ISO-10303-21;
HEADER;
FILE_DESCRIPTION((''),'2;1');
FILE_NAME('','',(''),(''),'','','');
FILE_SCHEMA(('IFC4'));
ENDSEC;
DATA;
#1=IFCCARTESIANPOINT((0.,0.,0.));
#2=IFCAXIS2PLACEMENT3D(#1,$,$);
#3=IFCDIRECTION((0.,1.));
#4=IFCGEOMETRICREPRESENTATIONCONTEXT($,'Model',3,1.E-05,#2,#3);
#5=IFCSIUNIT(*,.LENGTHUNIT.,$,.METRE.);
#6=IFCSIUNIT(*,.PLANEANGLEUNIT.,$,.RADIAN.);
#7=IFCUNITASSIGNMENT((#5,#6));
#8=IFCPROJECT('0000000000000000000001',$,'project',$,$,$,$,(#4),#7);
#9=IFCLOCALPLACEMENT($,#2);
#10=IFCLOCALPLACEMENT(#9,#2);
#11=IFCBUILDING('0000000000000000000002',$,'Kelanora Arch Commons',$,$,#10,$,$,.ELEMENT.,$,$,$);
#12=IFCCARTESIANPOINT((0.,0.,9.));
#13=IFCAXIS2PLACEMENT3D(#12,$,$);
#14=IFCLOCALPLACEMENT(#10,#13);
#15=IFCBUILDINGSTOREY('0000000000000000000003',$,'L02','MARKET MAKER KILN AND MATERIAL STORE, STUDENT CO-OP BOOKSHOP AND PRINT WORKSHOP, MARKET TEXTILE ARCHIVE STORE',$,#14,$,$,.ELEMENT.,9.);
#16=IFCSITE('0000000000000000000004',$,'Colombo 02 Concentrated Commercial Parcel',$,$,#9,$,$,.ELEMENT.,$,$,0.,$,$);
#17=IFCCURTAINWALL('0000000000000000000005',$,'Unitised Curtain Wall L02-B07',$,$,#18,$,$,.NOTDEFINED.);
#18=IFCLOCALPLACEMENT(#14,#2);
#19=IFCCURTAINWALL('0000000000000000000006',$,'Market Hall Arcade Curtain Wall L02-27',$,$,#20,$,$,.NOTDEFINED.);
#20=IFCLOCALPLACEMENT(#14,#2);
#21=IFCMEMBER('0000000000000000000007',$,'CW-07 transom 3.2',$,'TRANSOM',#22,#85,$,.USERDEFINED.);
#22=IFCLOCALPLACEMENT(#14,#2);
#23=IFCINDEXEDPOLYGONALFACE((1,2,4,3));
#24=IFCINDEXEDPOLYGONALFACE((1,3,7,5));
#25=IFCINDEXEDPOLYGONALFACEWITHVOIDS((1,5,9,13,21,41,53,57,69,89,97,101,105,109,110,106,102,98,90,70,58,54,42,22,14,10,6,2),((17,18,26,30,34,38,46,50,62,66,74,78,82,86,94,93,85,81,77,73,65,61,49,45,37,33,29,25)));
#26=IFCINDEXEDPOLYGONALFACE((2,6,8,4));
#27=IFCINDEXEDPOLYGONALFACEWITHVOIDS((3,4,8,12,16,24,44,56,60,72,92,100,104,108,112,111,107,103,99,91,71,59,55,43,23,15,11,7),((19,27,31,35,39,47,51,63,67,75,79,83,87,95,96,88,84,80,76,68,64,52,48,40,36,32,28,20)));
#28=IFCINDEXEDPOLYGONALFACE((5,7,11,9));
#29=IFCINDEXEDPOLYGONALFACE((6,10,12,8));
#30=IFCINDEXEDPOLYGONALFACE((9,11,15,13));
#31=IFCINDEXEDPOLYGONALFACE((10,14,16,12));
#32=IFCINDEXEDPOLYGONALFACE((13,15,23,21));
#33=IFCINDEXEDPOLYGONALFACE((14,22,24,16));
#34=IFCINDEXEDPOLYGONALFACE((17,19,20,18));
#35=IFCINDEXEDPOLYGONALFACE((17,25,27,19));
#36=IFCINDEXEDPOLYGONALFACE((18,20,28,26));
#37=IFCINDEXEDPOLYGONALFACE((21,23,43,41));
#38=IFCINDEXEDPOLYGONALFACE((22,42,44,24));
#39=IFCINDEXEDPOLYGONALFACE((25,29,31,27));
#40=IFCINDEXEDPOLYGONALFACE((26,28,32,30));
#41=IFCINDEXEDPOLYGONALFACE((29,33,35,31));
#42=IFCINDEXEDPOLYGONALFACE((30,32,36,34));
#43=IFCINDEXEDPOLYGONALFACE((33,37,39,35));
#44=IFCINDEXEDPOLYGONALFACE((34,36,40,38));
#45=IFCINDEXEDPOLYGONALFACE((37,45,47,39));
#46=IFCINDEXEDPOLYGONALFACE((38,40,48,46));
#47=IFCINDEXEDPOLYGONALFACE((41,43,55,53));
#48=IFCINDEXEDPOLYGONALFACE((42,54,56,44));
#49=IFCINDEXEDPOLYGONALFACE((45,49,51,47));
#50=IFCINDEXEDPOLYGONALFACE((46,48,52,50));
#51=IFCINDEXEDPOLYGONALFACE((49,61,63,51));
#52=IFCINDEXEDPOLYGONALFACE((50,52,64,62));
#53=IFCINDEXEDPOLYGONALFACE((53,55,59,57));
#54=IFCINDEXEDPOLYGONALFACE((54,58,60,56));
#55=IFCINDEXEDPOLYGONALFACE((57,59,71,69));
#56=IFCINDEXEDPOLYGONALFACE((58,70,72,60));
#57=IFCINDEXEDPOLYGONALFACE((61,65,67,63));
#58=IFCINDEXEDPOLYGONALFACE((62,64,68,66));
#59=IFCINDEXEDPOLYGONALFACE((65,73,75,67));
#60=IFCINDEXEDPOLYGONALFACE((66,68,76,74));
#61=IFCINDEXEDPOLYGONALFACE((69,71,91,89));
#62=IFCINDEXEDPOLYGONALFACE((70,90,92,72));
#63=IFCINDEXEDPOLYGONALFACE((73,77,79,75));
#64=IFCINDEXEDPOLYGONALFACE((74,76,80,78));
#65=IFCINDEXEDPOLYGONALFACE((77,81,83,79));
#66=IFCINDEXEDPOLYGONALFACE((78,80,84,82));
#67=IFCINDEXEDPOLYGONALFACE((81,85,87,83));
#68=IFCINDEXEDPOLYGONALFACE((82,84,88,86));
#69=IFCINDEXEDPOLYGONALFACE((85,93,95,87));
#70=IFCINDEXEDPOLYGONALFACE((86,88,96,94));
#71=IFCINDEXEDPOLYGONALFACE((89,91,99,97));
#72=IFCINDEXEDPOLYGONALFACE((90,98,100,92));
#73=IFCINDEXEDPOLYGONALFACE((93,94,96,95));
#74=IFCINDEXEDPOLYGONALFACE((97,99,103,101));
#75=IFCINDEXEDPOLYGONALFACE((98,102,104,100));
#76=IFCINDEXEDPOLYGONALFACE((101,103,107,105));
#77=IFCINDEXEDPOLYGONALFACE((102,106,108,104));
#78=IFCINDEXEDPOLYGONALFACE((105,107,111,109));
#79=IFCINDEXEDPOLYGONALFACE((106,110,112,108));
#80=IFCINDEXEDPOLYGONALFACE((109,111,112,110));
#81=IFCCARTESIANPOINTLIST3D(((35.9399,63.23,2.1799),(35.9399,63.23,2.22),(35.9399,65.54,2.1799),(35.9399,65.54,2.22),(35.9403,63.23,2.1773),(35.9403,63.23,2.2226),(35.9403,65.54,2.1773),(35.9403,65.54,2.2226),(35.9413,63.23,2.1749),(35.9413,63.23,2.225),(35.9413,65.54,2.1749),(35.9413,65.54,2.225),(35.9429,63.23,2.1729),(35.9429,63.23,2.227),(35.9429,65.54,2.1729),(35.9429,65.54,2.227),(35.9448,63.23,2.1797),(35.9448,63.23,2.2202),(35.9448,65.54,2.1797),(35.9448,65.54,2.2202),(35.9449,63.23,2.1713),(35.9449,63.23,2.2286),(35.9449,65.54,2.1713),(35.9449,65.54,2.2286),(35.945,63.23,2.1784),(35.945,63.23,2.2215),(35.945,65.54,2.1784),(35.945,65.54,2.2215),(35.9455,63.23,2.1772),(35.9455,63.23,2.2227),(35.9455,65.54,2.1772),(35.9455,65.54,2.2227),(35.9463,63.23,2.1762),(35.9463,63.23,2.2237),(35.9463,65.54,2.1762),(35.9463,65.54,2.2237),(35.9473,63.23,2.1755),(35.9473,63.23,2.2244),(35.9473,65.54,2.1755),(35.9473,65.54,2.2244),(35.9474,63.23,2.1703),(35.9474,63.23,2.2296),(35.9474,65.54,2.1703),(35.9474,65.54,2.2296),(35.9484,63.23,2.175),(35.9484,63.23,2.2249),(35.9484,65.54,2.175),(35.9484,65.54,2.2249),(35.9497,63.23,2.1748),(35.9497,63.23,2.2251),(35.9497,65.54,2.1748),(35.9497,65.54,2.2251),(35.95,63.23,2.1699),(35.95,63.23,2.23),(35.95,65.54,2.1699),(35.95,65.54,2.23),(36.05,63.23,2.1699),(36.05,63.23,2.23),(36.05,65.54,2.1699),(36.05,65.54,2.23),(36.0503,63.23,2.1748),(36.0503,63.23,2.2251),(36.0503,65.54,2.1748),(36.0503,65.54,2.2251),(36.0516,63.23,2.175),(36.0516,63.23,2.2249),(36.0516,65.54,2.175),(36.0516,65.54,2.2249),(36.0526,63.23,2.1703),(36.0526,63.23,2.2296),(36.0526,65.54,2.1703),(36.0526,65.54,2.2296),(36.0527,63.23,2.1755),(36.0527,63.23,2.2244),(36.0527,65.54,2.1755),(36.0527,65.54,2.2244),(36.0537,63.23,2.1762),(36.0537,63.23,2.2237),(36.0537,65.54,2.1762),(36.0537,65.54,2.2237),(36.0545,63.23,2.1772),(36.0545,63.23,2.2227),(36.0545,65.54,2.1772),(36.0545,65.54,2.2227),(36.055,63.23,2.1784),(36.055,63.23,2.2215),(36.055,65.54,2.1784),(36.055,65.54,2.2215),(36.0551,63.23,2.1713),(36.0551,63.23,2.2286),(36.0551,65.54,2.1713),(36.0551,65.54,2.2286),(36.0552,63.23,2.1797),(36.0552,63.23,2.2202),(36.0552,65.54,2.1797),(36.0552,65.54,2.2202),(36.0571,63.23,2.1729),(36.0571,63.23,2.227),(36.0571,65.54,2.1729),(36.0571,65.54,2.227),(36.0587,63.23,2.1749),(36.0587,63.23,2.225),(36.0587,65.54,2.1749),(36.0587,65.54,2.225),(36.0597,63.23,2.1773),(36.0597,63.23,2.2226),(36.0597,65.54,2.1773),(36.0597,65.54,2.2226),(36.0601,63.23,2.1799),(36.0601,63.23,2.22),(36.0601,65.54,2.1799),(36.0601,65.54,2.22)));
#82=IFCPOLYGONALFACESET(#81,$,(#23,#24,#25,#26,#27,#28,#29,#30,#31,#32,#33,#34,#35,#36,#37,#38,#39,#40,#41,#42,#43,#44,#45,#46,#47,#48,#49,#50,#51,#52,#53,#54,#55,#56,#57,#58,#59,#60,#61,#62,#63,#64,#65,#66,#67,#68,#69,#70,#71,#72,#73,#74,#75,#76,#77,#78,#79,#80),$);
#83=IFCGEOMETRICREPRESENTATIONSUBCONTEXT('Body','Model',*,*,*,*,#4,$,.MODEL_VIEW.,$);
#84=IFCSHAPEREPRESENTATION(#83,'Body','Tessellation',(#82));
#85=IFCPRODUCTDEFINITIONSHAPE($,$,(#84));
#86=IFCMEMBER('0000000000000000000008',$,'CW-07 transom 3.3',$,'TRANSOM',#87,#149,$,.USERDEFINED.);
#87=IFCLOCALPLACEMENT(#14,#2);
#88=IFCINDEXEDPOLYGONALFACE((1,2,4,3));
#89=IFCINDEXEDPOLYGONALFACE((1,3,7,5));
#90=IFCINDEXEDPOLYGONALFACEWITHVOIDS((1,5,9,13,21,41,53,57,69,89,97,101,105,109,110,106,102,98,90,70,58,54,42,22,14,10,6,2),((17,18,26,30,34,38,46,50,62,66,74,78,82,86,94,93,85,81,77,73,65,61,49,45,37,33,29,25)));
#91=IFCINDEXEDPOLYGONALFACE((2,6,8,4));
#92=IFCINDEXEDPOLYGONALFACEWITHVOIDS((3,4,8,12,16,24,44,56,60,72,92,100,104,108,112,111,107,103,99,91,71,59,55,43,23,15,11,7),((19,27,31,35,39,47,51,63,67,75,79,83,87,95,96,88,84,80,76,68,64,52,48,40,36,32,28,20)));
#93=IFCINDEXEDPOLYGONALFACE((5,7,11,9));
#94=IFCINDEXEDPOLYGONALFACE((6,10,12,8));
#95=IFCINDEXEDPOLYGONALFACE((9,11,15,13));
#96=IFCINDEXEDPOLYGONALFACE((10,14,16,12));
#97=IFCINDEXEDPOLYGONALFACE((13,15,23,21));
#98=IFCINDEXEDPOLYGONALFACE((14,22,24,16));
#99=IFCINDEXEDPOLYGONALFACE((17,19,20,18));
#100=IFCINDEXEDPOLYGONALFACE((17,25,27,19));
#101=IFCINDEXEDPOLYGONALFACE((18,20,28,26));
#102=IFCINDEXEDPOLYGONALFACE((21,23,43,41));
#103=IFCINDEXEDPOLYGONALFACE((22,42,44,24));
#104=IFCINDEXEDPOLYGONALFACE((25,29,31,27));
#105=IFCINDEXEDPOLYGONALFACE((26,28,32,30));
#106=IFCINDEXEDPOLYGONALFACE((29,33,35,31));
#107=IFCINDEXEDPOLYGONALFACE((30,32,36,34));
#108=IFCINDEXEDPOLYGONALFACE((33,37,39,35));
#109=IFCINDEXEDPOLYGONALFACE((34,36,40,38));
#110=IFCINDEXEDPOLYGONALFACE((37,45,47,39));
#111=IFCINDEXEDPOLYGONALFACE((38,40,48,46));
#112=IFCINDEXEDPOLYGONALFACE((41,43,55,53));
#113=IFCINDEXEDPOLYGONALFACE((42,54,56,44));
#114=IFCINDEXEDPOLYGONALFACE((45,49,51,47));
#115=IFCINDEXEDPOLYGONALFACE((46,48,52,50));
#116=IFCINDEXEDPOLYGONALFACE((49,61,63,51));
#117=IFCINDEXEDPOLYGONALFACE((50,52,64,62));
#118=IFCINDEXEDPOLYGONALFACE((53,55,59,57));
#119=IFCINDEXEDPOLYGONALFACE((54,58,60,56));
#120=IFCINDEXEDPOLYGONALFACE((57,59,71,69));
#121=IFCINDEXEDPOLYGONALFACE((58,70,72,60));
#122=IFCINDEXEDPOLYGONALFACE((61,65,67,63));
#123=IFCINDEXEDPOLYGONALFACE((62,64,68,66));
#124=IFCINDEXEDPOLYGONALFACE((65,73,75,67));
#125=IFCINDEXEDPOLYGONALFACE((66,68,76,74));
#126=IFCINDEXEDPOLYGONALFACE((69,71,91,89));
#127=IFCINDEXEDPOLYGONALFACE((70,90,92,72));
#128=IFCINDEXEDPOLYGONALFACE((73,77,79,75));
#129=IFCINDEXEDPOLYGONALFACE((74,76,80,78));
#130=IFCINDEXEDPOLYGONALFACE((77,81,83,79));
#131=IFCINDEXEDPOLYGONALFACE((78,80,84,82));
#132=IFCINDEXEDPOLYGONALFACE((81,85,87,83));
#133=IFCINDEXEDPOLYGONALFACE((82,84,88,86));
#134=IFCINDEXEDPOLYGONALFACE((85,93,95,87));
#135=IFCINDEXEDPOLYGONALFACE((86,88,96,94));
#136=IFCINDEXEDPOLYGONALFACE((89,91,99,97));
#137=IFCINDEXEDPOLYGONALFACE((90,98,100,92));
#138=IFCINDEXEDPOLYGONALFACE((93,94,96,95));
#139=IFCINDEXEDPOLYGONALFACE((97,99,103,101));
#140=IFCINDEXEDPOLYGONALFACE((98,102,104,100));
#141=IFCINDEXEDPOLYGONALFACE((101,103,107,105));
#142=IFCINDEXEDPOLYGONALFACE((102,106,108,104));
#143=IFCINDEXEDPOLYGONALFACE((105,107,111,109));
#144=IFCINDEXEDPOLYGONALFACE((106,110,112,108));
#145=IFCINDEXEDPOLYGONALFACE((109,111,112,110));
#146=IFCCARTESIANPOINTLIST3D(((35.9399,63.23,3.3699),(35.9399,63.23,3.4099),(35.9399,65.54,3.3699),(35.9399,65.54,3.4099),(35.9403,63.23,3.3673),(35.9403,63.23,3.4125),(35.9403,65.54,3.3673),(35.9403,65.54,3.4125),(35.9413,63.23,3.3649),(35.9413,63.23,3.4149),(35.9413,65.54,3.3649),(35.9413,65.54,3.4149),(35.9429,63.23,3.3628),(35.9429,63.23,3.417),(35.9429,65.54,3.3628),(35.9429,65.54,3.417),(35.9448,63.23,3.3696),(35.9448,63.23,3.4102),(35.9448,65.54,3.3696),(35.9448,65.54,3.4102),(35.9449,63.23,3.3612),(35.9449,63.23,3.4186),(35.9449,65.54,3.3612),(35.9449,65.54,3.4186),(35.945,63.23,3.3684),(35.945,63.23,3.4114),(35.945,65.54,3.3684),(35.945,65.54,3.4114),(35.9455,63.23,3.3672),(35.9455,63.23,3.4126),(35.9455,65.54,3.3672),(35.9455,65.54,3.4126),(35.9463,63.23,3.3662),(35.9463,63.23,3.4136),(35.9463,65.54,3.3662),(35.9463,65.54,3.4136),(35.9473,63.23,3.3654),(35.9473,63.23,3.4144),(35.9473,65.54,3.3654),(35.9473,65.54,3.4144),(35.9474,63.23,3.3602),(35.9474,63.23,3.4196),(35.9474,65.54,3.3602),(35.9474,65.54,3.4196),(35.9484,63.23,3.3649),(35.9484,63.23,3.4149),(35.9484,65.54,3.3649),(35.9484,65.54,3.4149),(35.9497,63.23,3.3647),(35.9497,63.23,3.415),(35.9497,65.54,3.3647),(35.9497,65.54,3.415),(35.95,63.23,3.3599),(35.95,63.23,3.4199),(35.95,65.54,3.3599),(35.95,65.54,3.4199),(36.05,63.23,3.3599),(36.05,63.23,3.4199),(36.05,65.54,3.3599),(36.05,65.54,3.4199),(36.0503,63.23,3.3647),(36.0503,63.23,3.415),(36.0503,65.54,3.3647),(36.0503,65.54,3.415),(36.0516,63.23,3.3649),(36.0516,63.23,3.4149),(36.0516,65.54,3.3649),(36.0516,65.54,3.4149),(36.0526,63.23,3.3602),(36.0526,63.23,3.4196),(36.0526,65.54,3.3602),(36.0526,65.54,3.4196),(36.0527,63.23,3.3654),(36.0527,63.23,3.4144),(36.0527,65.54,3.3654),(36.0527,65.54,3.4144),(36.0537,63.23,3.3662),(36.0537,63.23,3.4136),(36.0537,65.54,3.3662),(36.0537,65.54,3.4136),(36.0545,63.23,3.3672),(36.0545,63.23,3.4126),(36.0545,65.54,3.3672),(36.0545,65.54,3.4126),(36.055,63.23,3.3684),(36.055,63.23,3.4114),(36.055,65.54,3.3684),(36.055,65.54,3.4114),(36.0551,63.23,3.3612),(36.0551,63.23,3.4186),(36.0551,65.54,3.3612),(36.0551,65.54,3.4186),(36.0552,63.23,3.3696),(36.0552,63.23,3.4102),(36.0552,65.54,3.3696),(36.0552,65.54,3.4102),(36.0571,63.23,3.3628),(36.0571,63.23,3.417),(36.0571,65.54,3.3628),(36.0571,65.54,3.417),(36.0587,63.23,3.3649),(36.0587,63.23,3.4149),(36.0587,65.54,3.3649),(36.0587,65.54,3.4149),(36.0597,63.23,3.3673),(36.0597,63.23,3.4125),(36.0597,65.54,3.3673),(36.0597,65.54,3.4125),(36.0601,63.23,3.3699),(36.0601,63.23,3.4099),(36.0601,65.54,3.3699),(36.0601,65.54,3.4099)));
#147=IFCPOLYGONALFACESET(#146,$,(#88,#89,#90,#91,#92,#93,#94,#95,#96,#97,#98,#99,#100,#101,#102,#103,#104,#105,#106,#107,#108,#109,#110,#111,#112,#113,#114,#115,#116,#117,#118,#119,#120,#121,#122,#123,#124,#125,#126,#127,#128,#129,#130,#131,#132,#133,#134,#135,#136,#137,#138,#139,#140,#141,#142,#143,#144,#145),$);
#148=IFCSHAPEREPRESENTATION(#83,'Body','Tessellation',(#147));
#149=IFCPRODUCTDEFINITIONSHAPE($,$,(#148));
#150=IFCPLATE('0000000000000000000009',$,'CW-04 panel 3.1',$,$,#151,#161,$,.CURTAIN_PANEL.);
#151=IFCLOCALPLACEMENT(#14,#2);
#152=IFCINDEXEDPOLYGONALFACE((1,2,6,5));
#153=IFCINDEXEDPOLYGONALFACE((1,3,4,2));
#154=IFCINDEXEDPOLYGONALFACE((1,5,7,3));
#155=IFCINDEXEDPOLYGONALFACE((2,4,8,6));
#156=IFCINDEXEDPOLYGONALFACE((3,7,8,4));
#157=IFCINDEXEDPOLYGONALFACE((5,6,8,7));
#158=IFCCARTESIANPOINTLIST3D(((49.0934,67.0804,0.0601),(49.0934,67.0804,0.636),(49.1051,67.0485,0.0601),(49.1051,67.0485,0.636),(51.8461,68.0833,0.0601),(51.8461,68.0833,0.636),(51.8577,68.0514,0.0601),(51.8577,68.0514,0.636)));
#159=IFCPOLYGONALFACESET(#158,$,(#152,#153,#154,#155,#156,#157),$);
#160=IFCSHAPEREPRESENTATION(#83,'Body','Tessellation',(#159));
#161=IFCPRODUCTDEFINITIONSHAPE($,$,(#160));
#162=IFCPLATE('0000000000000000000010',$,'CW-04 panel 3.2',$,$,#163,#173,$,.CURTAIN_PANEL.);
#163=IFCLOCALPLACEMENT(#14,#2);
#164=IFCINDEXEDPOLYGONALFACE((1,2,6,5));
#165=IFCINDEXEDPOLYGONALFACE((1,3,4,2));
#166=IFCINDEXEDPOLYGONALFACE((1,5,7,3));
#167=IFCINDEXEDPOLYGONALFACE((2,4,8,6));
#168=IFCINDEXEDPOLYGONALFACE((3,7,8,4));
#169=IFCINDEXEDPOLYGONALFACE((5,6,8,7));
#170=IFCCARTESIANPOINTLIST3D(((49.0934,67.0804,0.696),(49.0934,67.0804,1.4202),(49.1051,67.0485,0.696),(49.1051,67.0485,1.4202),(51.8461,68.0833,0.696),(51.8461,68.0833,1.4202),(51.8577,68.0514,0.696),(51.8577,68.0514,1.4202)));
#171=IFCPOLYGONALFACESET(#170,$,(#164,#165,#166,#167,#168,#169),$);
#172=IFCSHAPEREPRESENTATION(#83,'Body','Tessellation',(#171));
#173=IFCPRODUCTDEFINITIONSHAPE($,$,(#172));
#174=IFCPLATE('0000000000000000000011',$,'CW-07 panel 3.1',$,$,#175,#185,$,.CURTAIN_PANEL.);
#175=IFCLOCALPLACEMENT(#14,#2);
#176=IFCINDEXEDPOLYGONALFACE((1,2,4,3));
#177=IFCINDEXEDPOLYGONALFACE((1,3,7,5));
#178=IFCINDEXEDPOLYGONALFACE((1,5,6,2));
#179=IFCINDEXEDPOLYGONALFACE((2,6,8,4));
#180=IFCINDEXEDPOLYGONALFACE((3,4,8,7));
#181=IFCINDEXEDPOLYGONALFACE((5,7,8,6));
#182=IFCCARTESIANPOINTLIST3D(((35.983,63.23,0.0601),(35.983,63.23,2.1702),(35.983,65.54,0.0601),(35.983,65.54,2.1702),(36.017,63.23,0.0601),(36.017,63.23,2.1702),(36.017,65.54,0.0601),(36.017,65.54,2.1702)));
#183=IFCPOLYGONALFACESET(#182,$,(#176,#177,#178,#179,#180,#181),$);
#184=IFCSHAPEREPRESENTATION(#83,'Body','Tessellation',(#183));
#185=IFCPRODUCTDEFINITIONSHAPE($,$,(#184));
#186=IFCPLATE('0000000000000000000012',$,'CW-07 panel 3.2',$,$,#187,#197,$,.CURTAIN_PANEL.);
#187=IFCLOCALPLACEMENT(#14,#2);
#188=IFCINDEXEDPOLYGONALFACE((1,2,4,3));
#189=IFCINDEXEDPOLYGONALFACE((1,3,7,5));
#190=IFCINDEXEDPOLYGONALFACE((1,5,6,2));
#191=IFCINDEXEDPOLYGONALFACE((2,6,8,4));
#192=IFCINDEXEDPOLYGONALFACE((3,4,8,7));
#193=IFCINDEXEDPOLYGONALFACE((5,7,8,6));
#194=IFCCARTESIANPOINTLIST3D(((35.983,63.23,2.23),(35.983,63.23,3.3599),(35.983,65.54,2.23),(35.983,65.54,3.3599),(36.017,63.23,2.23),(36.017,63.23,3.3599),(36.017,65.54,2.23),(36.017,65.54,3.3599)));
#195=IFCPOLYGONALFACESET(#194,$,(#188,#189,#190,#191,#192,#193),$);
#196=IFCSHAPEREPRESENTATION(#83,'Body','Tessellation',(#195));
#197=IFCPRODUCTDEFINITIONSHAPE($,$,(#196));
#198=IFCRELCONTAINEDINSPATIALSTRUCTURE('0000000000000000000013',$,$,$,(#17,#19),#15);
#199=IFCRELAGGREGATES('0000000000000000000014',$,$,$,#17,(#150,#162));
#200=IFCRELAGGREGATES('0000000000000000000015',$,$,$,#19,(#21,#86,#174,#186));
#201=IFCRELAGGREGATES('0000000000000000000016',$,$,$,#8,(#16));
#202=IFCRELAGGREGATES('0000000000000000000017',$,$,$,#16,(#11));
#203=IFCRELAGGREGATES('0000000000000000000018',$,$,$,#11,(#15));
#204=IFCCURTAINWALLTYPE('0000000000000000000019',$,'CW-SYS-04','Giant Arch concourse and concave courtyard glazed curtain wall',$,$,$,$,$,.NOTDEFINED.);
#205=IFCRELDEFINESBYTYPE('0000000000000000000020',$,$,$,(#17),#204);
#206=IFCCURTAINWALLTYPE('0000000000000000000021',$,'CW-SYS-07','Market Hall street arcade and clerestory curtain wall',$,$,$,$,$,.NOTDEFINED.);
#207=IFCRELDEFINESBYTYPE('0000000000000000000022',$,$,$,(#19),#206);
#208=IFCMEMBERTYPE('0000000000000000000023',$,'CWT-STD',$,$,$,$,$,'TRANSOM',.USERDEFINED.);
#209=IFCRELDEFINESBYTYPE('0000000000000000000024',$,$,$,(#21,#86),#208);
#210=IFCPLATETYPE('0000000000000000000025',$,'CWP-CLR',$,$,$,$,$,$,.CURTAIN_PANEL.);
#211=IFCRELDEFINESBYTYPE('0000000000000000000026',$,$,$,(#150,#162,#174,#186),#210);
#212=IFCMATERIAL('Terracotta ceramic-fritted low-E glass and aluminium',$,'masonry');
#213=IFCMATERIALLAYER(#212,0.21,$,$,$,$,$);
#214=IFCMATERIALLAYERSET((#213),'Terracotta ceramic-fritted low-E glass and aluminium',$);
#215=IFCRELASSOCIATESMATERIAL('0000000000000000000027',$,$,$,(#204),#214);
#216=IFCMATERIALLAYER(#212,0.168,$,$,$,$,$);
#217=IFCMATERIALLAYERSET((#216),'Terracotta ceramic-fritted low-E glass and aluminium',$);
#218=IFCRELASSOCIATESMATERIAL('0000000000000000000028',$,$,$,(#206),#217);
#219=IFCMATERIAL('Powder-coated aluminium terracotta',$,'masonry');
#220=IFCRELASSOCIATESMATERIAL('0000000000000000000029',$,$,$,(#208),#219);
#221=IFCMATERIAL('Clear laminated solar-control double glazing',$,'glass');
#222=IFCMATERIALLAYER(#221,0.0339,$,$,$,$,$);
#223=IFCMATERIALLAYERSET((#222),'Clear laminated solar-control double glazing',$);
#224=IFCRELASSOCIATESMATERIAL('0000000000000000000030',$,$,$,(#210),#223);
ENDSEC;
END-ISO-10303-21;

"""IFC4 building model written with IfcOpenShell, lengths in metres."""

from ifc_helpers import new_model, si_unit, direction, frame, origin, origin_2d, place, context, subcontext, project, spatial, rectangle, hollow_rectangle, extrude, source, transform, mapped, material, layer, layer_set, material_profile, profile_set, type_object, element, aggregate, save


model = new_model("IFC4")

# Units and contexts
model_context = context("Model", 3, precision=1e-05, world=origin(), true_north=direction((0.0, 1.0)))
body_context = subcontext(model_context, "Body", "Model", "MODEL_VIEW")
ifc_project = project(units=[si_unit("LENGTHUNIT", "METRE"), si_unit("PLANEANGLEUNIT", "RADIAN")], contexts=[model_context])

# Site, building, storey
site_placement = place(None, origin())
site = spatial("IfcSite", under=ifc_project, at=site_placement, Name="Colombo 02 Concentrated Commercial Parcel", CompositionType="ELEMENT", RefElevation=0.0)
building_placement = place(site_placement, origin())
building = spatial("IfcBuilding", under=site, at=building_placement, Name="Kelanora Arch Commons", CompositionType="ELEMENT")
storey_placement = place(building_placement, frame((0.0, 0.0, 9.0)))
storey = spatial("IfcBuildingStorey", under=building, at=storey_placement, Name="L02", Description="MARKET MAKER KILN AND MATERIAL STORE, STUDENT CO-OP BOOKSHOP AND PRINT WORKSHOP, MARKET TEXTILE ARCHIVE STORE", CompositionType="ELEMENT", Elevation=9.0)

# Curtain walls
ifc_material_1 = material(Name="Terracotta ceramic-fritted low-E glass and aluminium", Category="masonry")
ifc_layer_1 = layer(ifc_material_1, 0.21)
ifc_layer_set_1 = layer_set([ifc_layer_1], Name="Terracotta ceramic-fritted low-E glass and aluminium")
curtain_wall_type_1 = type_object("IfcCurtainWallType", Name="CW-SYS-04", Description="Giant Arch concourse and concave courtyard glazed curtain wall", PredefinedType="NOTDEFINED", material=ifc_layer_set_1)
curtain_wall_1_placement = place(storey_placement, origin())
curtain_wall_1 = element("IfcCurtainWall", 1, at=curtain_wall_1_placement, inside=storey, type_object=curtain_wall_type_1, Name="Unitised Curtain Wall L02-B07", PredefinedType="NOTDEFINED")
ifc_material_2 = material(Name="Powder-coated aluminium terracotta", Category="masonry")
ifc_layer_2 = layer(ifc_material_1, 0.168)
ifc_layer_set_2 = layer_set([ifc_layer_2], Name="Terracotta ceramic-fritted low-E glass and aluminium")
curtain_wall_type_2 = type_object("IfcCurtainWallType", Name="CW-SYS-07", Description="Market Hall street arcade and clerestory curtain wall", PredefinedType="NOTDEFINED", material=ifc_layer_set_2)
curtain_wall_2_placement = place(storey_placement, origin())
curtain_wall_2 = element("IfcCurtainWall", 2, at=curtain_wall_2_placement, inside=storey, type_object=curtain_wall_type_2, Name="Market Hall Arcade Curtain Wall L02-27", PredefinedType="NOTDEFINED")

# Members
ifc_material_profile_1 = material_profile(ifc_material_2, hollow_rectangle(XDim=0.1201, YDim=0.0601, WallThickness=0.0049, InnerFilletRadius=0.0049, OuterFilletRadius=0.01, at=origin_2d()), Name="CWT120x60")
ifc_profile_set_1 = profile_set([ifc_material_profile_1], Name="Powder-coated aluminium terracotta")
member_type_1 = type_object("IfcMemberType", Name="CWT-STD", ElementType="TRANSOM", PredefinedType="USERDEFINED", material=ifc_profile_set_1)
member_1_placement = place(storey_placement, frame((36.0, 63.23, 2.2), z_axis=(0.0, 1.0, 0.0), x_axis=(-1.0, 0.0, 0.0)))
member_1 = element("IfcMember", 3, at=member_1_placement, type_object=member_type_1, Name="CW-07 transom 3.2", ObjectType="TRANSOM", PredefinedType="USERDEFINED", context=body_context, shape_type="SweptSolid", body=[
    extrude(hollow_rectangle(XDim=0.1201, YDim=0.0601, WallThickness=0.0049, InnerFilletRadius=0.0049, OuterFilletRadius=0.01, at=origin_2d()), origin(), (0.0, 0.0, 1.0), 2.3101),
])
member_2_placement = place(storey_placement, frame((36.0, 63.23, 3.3899), z_axis=(0.0, 1.0, 0.0), x_axis=(-1.0, 0.0, 0.0)))
member_2 = element("IfcMember", 4, at=member_2_placement, type_object=member_type_1, Name="CW-07 transom 3.3", ObjectType="TRANSOM", PredefinedType="USERDEFINED", context=body_context, shape_type="SweptSolid", body=[
    extrude(hollow_rectangle(XDim=0.1201, YDim=0.0601, WallThickness=0.0049, InnerFilletRadius=0.0049, OuterFilletRadius=0.01, at=origin_2d()), origin(), (0.0, 0.0, 1.0), 2.3101),
])

# Plates
ifc_material_3 = material(Name="Clear laminated solar-control double glazing", Category="glass")
ifc_layer_3 = layer(ifc_material_3, 0.0339)
ifc_layer_set_3 = layer_set([ifc_layer_3], Name="Clear laminated solar-control double glazing")
plate_type = type_object("IfcPlateType", Name="CWP-CLR", PredefinedType="CURTAIN_PANEL", material=ifc_layer_set_3)
shared_shape_1 = source(origin(), body_context, "Body", "SweptSolid", [
    extrude(rectangle(XDim=2.9297, YDim=0.0339, at=origin_2d()), origin(), (0.0, 0.0, 1.0), 0.5759),
])
plate_1_placement = place(storey_placement, frame((50.4756, 67.5659, 0.0601), z_axis=(0.0, 0.0, 1.0), x_axis=(-0.939584, -0.342318, 0.0)))
plate_1 = element("IfcPlate", 5, at=plate_1_placement, type_object=plate_type, Name="CW-04 panel 3.1", PredefinedType="CURTAIN_PANEL", context=body_context, shape_type="MappedRepresentation", body=[
    mapped(shared_shape_1, transform((0.0, 0.0, 0.0), scale=1.0)),
])
shared_shape_2 = source(origin(), body_context, "Body", "SweptSolid", [
    extrude(rectangle(XDim=2.9297, YDim=0.0339, at=origin_2d()), origin(), (0.0, 0.0, 1.0), 0.7241),
])
plate_2_placement = place(storey_placement, frame((50.4756, 67.5659, 0.696), z_axis=(0.0, 0.0, 1.0), x_axis=(-0.939584, -0.342318, 0.0)))
plate_2 = element("IfcPlate", 6, at=plate_2_placement, type_object=plate_type, Name="CW-04 panel 3.2", PredefinedType="CURTAIN_PANEL", context=body_context, shape_type="MappedRepresentation", body=[
    mapped(shared_shape_2, transform((0.0, 0.0, 0.0), scale=1.0)),
])
aggregate(curtain_wall_1, [plate_1, plate_2])
shared_shape_3 = source(origin(), body_context, "Body", "SweptSolid", [
    extrude(rectangle(XDim=2.3101, YDim=0.0339, at=origin_2d()), origin(), (0.0, 0.0, 1.0), 2.1101),
])
plate_3_placement = place(storey_placement, frame((36.0, 64.385, 0.0601), z_axis=(0.0, 0.0, 1.0), x_axis=(0.0, 1.0, 0.0)))
plate_3 = element("IfcPlate", 7, at=plate_3_placement, type_object=plate_type, Name="CW-07 panel 3.1", PredefinedType="CURTAIN_PANEL", context=body_context, shape_type="MappedRepresentation", body=[
    mapped(shared_shape_3, transform((0.0, 0.0, 0.0), scale=1.0)),
])
shared_shape_4 = source(origin(), body_context, "Body", "SweptSolid", [
    extrude(rectangle(XDim=2.3101, YDim=0.0339, at=origin_2d()), origin(), (0.0, 0.0, 1.0), 1.1299),
])
plate_4_placement = place(storey_placement, frame((36.0, 64.385, 2.23), z_axis=(0.0, 0.0, 1.0), x_axis=(0.0, 1.0, 0.0)))
plate_4 = element("IfcPlate", 8, at=plate_4_placement, type_object=plate_type, Name="CW-07 panel 3.2", PredefinedType="CURTAIN_PANEL", context=body_context, shape_type="MappedRepresentation", body=[
    mapped(shared_shape_4, transform((0.0, 0.0, 0.0), scale=1.0)),
])
aggregate(curtain_wall_2, [member_1, member_2, plate_3, plate_4])

save(model, "model.ifc")
